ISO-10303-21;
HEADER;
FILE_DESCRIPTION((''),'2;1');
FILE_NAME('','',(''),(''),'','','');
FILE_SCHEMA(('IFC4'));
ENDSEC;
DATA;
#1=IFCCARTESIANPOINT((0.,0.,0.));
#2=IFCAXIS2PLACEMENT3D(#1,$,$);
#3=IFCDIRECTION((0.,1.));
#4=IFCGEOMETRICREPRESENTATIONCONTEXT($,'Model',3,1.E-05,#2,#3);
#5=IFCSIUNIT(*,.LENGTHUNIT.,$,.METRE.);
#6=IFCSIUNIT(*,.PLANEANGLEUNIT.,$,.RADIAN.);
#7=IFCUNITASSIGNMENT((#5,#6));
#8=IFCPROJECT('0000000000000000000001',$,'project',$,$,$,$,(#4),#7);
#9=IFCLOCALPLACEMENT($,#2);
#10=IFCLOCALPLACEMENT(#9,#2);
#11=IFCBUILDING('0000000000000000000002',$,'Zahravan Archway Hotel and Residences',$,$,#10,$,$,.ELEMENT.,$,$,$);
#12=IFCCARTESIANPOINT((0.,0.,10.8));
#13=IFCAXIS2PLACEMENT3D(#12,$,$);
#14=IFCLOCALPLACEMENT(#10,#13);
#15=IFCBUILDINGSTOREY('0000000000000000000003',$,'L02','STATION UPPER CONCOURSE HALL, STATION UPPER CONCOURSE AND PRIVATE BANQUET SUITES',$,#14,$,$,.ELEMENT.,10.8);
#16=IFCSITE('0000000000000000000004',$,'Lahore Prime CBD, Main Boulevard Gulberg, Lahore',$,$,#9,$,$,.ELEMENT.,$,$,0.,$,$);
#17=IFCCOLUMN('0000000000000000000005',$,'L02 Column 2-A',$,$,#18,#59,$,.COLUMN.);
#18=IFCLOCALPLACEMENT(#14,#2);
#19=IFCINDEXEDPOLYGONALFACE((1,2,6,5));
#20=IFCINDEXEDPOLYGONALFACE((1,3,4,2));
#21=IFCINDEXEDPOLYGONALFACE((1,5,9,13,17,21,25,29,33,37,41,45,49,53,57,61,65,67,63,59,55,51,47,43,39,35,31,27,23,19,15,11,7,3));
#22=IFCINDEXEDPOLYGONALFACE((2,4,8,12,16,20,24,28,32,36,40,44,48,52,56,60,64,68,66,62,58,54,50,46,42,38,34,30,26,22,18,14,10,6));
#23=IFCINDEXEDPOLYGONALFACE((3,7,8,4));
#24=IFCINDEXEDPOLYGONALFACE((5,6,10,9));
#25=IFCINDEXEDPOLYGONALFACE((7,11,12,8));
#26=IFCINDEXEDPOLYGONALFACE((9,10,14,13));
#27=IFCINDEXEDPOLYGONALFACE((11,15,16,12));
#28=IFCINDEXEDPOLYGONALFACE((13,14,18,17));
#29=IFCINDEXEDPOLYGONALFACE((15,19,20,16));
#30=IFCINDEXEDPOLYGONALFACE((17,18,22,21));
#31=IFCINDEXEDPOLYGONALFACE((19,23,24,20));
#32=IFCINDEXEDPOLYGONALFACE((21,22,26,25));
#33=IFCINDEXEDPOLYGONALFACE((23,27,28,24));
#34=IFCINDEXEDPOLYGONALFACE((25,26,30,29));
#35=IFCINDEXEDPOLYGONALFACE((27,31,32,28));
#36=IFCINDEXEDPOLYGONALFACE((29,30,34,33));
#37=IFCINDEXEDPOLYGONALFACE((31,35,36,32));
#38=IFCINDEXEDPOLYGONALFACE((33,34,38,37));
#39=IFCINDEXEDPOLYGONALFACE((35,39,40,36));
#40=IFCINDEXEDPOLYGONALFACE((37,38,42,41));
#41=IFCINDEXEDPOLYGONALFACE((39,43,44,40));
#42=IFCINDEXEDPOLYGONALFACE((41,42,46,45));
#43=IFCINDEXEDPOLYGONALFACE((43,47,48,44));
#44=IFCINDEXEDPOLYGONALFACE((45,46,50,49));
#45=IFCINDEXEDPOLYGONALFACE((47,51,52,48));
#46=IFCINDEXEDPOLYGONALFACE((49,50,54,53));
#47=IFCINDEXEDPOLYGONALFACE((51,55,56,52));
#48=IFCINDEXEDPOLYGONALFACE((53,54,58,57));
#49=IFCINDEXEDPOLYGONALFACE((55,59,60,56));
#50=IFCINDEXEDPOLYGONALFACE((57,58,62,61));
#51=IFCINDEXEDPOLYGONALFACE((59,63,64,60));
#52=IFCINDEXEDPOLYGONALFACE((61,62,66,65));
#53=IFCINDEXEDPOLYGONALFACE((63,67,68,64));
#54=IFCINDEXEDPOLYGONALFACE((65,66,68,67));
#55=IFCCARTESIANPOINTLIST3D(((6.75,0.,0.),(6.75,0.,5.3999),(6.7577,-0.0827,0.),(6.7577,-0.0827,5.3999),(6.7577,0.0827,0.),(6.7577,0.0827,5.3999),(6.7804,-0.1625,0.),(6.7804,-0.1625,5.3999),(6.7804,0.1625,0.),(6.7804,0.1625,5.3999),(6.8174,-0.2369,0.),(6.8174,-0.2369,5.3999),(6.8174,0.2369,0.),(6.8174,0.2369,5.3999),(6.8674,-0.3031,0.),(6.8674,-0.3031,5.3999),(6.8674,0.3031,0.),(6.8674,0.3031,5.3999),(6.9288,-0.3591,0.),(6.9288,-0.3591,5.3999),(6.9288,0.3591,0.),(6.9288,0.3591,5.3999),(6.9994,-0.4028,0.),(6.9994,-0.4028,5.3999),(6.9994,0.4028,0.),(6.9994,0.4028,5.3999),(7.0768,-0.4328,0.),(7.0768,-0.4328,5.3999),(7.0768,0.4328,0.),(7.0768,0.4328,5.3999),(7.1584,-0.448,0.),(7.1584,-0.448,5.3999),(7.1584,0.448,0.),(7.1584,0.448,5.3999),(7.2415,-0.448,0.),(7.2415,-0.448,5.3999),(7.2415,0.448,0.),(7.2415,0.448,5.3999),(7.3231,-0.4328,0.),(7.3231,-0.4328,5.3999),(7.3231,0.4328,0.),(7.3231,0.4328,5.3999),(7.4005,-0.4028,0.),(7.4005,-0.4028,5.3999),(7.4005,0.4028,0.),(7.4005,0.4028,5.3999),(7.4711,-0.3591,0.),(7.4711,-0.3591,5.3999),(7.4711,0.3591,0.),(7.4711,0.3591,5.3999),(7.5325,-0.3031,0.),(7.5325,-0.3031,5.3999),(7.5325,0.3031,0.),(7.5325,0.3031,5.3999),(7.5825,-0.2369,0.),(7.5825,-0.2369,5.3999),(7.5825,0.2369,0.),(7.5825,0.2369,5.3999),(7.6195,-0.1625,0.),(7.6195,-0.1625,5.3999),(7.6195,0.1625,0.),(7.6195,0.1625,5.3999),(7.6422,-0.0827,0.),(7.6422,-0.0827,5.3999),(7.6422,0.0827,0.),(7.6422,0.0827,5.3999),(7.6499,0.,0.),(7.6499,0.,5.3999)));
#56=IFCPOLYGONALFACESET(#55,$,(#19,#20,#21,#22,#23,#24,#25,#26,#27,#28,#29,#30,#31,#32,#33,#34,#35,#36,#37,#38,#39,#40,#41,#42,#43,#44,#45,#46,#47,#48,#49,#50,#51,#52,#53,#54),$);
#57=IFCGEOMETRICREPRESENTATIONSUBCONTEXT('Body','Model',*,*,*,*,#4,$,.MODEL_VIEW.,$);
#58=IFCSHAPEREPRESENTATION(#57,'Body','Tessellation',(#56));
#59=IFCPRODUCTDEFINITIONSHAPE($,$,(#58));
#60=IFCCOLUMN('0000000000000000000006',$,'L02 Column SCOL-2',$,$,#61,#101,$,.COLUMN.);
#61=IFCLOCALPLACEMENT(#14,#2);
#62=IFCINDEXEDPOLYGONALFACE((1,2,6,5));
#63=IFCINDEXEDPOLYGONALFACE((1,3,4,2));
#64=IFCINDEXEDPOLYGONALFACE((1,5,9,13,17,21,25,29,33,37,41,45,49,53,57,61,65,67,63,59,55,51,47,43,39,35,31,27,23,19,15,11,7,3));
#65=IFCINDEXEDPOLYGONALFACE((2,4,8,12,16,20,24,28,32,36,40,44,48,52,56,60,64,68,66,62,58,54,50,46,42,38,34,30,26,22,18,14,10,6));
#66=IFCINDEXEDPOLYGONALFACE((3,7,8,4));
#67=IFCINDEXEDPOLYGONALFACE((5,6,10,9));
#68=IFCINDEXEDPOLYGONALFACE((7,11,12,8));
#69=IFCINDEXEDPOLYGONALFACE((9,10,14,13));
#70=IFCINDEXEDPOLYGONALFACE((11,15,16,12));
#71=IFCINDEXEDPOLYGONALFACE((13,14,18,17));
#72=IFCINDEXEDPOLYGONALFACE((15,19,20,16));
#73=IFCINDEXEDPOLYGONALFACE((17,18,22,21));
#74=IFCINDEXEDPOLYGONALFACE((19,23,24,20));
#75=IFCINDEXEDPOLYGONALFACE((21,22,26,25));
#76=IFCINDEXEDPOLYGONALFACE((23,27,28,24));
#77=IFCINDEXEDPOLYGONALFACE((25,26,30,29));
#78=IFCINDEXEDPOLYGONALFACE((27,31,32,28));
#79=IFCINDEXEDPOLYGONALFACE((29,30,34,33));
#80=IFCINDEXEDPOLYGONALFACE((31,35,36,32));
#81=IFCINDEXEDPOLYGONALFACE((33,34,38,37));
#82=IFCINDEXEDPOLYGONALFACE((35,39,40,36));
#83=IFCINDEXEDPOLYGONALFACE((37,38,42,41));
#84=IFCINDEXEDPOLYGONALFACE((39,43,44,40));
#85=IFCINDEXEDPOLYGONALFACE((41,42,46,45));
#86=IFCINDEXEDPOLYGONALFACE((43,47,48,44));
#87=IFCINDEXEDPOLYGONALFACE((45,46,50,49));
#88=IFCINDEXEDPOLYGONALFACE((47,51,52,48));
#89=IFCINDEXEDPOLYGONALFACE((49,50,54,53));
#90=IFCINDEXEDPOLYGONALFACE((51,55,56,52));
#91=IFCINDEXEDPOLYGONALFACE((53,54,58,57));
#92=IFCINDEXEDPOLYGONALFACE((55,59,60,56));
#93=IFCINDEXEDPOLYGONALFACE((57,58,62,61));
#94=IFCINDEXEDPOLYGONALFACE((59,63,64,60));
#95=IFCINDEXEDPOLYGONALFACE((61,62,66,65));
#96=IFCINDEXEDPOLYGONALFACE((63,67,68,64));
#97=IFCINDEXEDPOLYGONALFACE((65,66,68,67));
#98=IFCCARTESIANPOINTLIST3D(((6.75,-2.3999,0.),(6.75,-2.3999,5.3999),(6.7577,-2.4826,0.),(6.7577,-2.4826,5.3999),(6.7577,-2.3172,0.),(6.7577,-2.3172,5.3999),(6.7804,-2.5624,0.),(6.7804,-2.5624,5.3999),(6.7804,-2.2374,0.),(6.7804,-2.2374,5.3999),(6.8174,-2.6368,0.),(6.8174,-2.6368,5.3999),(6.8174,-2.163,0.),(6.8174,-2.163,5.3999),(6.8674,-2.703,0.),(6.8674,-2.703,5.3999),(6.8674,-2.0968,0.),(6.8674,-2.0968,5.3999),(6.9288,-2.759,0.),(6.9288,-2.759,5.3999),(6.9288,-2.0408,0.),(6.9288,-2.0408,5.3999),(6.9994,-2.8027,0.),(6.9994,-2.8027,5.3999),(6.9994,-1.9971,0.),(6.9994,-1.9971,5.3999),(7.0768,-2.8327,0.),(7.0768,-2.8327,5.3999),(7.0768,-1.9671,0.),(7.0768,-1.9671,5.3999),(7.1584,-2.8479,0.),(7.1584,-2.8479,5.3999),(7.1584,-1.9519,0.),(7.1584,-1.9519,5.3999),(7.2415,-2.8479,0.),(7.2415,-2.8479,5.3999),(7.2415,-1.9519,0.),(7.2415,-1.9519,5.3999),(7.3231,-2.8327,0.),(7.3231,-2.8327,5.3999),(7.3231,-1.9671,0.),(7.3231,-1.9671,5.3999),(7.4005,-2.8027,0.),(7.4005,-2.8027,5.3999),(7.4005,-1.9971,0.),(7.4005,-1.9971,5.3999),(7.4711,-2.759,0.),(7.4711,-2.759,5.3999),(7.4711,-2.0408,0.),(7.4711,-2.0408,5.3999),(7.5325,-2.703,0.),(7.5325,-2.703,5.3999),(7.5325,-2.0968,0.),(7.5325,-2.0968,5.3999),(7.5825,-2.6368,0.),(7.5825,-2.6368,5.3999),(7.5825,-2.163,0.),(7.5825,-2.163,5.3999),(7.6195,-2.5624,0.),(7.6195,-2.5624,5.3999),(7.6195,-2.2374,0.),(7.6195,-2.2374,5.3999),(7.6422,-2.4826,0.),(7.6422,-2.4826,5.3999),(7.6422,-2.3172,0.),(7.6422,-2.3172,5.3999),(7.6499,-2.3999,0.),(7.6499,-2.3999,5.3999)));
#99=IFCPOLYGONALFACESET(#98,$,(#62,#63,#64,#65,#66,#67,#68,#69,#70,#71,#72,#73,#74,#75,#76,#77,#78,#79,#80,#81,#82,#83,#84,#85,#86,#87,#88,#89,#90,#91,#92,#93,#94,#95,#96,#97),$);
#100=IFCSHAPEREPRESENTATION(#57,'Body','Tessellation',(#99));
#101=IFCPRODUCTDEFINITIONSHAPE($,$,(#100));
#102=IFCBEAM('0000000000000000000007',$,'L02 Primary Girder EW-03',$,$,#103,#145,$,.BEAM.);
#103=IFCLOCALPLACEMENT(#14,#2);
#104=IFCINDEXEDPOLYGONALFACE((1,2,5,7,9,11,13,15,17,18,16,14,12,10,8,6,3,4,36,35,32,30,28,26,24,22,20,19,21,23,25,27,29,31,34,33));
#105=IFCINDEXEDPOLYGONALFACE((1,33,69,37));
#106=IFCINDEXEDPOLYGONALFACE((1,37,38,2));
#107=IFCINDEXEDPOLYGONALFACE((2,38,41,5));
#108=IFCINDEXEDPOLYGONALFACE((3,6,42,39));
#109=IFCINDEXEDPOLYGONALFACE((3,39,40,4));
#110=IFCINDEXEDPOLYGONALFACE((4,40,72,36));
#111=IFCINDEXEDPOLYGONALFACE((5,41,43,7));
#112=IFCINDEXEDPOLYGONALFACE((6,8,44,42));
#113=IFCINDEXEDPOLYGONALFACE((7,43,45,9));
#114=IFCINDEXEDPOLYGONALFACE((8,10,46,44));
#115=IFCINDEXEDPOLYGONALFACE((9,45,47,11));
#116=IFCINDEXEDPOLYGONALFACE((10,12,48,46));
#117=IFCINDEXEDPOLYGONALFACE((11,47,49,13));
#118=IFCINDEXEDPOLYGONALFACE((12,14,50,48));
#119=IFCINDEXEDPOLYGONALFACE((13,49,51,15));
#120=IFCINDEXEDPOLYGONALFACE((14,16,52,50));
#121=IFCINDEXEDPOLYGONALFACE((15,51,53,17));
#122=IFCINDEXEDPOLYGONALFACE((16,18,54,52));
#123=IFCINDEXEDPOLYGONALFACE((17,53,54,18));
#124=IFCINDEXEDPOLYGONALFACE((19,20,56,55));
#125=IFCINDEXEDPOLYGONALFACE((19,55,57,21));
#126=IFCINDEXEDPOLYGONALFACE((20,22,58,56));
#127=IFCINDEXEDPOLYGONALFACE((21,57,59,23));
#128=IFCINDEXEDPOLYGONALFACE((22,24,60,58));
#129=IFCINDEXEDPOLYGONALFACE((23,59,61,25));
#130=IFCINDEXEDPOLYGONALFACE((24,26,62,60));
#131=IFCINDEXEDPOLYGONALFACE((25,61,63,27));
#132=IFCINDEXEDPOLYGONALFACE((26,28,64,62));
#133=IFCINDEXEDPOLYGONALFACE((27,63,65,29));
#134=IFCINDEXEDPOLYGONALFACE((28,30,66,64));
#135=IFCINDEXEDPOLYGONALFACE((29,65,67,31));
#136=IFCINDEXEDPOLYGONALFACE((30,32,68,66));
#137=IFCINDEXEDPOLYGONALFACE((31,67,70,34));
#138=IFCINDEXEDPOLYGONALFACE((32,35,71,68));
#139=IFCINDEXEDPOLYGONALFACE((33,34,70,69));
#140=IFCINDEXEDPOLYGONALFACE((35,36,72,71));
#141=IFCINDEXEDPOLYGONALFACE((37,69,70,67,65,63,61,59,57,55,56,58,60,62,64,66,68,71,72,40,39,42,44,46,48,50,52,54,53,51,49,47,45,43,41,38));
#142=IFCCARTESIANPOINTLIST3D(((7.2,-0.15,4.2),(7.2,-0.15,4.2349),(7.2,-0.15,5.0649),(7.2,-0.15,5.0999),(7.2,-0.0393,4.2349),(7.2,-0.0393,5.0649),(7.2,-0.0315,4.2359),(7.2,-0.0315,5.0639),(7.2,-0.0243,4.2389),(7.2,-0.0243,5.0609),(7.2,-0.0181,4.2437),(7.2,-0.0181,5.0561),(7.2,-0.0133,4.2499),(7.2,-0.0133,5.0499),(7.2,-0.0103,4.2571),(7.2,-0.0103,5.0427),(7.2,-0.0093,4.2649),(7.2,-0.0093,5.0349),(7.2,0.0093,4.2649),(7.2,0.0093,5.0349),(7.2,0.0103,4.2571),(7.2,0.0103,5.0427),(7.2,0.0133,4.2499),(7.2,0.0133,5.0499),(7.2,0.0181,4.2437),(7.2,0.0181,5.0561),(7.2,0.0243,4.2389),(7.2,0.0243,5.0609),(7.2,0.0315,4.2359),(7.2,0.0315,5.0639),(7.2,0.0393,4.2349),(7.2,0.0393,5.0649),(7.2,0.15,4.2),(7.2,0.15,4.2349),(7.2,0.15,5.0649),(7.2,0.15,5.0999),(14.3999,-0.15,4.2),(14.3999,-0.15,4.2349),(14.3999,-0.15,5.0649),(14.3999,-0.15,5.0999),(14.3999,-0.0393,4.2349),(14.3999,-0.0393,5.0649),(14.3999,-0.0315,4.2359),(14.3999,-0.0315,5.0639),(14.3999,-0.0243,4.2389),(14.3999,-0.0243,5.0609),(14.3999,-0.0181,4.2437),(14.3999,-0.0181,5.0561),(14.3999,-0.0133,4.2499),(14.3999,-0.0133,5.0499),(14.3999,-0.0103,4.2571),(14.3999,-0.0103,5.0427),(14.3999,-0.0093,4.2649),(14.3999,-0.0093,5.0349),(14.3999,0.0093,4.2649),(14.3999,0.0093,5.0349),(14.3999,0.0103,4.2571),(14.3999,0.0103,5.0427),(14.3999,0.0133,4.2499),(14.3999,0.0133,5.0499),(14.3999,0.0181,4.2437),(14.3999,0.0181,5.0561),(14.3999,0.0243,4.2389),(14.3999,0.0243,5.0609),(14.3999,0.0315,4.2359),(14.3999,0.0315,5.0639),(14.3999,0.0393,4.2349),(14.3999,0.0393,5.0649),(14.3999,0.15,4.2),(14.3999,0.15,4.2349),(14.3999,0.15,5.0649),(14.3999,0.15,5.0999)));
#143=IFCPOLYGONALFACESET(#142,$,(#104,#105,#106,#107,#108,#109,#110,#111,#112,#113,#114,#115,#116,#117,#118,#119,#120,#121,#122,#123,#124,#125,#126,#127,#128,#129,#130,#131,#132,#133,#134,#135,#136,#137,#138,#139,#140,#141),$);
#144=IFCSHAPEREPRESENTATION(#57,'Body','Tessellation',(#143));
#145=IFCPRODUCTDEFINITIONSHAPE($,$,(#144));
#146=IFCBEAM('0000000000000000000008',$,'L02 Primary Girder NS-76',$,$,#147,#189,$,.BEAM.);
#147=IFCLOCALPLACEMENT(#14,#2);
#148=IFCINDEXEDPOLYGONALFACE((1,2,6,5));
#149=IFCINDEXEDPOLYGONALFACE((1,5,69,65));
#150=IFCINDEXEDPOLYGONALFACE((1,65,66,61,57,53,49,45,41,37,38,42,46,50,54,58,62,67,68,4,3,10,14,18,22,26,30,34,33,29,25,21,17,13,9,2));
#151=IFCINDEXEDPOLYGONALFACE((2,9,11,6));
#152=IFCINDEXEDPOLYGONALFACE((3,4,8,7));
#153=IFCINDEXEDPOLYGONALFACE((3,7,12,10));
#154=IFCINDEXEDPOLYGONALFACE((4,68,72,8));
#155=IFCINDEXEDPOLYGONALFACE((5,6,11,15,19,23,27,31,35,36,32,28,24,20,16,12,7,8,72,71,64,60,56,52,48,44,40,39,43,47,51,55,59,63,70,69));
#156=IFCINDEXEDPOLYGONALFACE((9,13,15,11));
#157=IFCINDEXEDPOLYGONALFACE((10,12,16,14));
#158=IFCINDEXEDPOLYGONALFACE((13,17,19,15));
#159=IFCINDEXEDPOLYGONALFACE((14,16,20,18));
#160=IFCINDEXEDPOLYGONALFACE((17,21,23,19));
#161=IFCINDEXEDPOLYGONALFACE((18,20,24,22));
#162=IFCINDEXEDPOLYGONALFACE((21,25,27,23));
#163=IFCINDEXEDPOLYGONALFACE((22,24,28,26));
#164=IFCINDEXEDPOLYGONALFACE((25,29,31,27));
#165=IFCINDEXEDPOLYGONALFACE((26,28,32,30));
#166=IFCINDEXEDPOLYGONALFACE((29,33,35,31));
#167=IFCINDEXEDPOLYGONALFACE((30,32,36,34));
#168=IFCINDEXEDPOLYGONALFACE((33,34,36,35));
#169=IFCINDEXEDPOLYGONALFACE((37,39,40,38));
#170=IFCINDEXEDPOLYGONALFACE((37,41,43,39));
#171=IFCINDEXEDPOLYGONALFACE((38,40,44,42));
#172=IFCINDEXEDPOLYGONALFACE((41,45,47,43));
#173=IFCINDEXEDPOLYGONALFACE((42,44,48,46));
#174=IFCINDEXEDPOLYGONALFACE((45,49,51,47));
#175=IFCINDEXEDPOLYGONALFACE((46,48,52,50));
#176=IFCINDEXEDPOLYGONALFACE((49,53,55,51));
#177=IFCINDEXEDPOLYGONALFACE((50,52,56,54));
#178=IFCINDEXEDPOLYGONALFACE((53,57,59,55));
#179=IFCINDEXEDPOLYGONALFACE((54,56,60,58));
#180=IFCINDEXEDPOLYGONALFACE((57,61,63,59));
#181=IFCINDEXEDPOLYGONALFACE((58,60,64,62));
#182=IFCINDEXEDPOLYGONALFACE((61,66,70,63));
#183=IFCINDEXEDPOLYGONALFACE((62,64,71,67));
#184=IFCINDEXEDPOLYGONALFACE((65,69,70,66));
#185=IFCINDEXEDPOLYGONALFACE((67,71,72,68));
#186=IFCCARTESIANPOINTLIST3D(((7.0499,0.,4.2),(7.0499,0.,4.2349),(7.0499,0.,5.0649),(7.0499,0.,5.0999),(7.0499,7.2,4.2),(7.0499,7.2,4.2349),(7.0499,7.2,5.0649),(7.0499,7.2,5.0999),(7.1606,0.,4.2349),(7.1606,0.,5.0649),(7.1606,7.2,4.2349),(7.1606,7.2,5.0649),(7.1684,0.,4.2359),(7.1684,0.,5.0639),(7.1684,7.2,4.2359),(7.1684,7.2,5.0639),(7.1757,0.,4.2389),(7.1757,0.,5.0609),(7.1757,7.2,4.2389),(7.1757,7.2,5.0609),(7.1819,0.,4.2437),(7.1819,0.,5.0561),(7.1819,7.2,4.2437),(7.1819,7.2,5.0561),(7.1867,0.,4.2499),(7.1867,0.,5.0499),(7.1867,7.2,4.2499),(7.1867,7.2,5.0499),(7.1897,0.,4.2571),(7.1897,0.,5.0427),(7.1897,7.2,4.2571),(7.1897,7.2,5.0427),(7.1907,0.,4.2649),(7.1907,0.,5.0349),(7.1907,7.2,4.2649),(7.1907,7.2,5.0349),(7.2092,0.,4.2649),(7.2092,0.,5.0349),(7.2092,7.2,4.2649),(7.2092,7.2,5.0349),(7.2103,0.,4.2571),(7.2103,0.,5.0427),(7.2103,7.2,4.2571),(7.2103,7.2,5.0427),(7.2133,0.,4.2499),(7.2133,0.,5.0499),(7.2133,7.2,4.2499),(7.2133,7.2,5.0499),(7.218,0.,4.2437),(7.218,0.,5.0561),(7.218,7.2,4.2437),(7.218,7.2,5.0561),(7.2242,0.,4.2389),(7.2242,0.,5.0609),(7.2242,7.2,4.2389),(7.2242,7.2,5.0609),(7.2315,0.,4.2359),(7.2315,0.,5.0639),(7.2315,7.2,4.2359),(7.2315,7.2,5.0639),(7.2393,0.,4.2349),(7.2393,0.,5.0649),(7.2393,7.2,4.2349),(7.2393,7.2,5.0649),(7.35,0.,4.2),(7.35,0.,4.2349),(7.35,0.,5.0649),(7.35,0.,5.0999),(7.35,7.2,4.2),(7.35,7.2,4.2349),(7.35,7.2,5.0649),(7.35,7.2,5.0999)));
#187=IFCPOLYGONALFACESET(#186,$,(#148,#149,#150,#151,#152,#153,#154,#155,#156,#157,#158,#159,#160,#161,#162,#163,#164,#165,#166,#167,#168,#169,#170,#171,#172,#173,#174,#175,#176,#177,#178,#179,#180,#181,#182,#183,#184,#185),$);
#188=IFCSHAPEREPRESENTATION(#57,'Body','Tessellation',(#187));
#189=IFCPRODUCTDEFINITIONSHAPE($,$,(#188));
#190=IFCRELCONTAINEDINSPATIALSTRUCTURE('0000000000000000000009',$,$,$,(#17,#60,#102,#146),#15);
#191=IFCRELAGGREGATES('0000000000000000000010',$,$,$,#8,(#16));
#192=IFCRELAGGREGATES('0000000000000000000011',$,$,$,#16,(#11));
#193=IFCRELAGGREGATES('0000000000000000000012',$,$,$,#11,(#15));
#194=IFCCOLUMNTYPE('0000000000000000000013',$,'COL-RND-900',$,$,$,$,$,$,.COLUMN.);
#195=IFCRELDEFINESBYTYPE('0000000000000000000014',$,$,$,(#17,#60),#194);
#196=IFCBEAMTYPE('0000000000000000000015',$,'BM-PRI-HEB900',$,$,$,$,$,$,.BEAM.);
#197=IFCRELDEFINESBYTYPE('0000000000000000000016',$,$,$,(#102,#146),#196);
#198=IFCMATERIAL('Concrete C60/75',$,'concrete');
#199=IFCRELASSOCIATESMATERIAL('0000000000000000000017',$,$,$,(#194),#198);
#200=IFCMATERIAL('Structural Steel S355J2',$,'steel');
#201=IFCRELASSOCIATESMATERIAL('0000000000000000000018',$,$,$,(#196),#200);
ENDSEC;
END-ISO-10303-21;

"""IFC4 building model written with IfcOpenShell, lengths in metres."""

from ifc_helpers import new_model, si_unit, direction, frame, origin, origin_2d, place, context, subcontext, project, spatial, circle, i_section, extrude, source, transform, mapped, material, material_profile, profile_set, type_object, type_shapes, element, save


model = new_model("IFC4")

# Units and contexts
model_context = context("Model", 3, precision=1e-05, world=origin(), true_north=direction((0.0, 1.0)))
body_context = subcontext(model_context, "Body", "Model", "MODEL_VIEW")
ifc_project = project(units=[si_unit("LENGTHUNIT", "METRE"), si_unit("PLANEANGLEUNIT", "RADIAN")], contexts=[model_context])

# Site, building, storey
site_placement = place(None, origin())
site = spatial("IfcSite", under=ifc_project, at=site_placement, Name="Lahore Prime CBD, Main Boulevard Gulberg, Lahore", CompositionType="ELEMENT", RefElevation=0.0)
building_placement = place(site_placement, origin())
building = spatial("IfcBuilding", under=site, at=building_placement, Name="Zahravan Archway Hotel and Residences", CompositionType="ELEMENT")
storey_placement = place(building_placement, frame((0.0, 0.0, 10.8)))
storey = spatial("IfcBuildingStorey", under=building, at=storey_placement, Name="L02", Description="STATION UPPER CONCOURSE HALL, STATION UPPER CONCOURSE AND PRIVATE BANQUET SUITES", CompositionType="ELEMENT", Elevation=10.8)

# Columns
ifc_material_1 = material(Name="Concrete C60/75", Category="concrete")
ifc_material_profile_1 = material_profile(ifc_material_1, circle(Radius=0.45, at=origin_2d()), Name="RC-CIRC-900", Category="concrete")
ifc_profile_set_1 = profile_set([ifc_material_profile_1], Name="Concrete C60/75")
column_type = type_object("IfcColumnType", Name="COL-RND-900", PredefinedType="COLUMN", material=ifc_profile_set_1)
shared_shape_1 = source(origin(), body_context, "Body", "SweptSolid", [
    extrude(circle(Radius=0.45, at=origin_2d()), origin(), (0.0, 0.0, 1.0), 5.3999),
])
type_shapes(column_type, [shared_shape_1])
for number, where, z_axis, x_axis, name in (
    (1, (7.2, 0.0, 0.0), (0.0, 0.0, 1.0), (1.0, 0.0, 0.0), "L02 Column 2-A"),
    (2, (7.2, -2.3999, 0.0), (0.0, 0.0, 1.0), (1.0, 0.0, 0.0), "L02 Column SCOL-2"),
):
    element("IfcColumn", number, at=place(storey_placement, frame(where, z_axis=z_axis, x_axis=x_axis)), inside=storey, type_object=column_type, Name=name, PredefinedType="COLUMN", context=body_context, shape_type="MappedRepresentation", body=[
        mapped(shared_shape_1, transform((0.0, 0.0, 0.0), scale=1.0)),
    ])

# Beams
ifc_material_2 = material(Name="Structural Steel S355J2", Category="steel")
ifc_material_profile_2 = material_profile(ifc_material_2, i_section(OverallWidth=0.3, OverallDepth=0.8999, WebThickness=0.0186, FlangeThickness=0.0349, FilletRadius=0.03, at=origin_2d()), Name="HEB 900", Category="steel")
ifc_profile_set_2 = profile_set([ifc_material_profile_2], Name="Structural Steel S355J2")
beam_type_1 = type_object("IfcBeamType", Name="BM-PRI-HEB900", PredefinedType="BEAM", material=ifc_profile_set_2)
shared_shape_2 = source(origin(), body_context, "Body", "SweptSolid", [
    extrude(i_section(OverallWidth=0.3, OverallDepth=0.8999, WebThickness=0.0186, FlangeThickness=0.0349, FilletRadius=0.03, at=origin_2d()), origin(), (0.0, 0.0, 1.0), 7.2),
])
for number, where, z_axis, x_axis, name in (
    (3, (7.2, 0.0, 4.6499), (1.0, 0.0, 0.0), (0.0, 1.0, 0.0), "L02 Primary Girder EW-03"),
    (4, (7.2, 0.0, 4.6499), (0.0, 1.0, 0.0), (-1.0, 0.0, 0.0), "L02 Primary Girder NS-76"),
):
    element("IfcBeam", number, at=place(storey_placement, frame(where, z_axis=z_axis, x_axis=x_axis)), inside=storey, type_object=beam_type_1, Name=name, PredefinedType="BEAM", context=body_context, shape_type="MappedRepresentation", body=[
        mapped(shared_shape_2, transform((0.0, 0.0, 0.0), scale=1.0)),
    ])

save(model, "model.ifc")
